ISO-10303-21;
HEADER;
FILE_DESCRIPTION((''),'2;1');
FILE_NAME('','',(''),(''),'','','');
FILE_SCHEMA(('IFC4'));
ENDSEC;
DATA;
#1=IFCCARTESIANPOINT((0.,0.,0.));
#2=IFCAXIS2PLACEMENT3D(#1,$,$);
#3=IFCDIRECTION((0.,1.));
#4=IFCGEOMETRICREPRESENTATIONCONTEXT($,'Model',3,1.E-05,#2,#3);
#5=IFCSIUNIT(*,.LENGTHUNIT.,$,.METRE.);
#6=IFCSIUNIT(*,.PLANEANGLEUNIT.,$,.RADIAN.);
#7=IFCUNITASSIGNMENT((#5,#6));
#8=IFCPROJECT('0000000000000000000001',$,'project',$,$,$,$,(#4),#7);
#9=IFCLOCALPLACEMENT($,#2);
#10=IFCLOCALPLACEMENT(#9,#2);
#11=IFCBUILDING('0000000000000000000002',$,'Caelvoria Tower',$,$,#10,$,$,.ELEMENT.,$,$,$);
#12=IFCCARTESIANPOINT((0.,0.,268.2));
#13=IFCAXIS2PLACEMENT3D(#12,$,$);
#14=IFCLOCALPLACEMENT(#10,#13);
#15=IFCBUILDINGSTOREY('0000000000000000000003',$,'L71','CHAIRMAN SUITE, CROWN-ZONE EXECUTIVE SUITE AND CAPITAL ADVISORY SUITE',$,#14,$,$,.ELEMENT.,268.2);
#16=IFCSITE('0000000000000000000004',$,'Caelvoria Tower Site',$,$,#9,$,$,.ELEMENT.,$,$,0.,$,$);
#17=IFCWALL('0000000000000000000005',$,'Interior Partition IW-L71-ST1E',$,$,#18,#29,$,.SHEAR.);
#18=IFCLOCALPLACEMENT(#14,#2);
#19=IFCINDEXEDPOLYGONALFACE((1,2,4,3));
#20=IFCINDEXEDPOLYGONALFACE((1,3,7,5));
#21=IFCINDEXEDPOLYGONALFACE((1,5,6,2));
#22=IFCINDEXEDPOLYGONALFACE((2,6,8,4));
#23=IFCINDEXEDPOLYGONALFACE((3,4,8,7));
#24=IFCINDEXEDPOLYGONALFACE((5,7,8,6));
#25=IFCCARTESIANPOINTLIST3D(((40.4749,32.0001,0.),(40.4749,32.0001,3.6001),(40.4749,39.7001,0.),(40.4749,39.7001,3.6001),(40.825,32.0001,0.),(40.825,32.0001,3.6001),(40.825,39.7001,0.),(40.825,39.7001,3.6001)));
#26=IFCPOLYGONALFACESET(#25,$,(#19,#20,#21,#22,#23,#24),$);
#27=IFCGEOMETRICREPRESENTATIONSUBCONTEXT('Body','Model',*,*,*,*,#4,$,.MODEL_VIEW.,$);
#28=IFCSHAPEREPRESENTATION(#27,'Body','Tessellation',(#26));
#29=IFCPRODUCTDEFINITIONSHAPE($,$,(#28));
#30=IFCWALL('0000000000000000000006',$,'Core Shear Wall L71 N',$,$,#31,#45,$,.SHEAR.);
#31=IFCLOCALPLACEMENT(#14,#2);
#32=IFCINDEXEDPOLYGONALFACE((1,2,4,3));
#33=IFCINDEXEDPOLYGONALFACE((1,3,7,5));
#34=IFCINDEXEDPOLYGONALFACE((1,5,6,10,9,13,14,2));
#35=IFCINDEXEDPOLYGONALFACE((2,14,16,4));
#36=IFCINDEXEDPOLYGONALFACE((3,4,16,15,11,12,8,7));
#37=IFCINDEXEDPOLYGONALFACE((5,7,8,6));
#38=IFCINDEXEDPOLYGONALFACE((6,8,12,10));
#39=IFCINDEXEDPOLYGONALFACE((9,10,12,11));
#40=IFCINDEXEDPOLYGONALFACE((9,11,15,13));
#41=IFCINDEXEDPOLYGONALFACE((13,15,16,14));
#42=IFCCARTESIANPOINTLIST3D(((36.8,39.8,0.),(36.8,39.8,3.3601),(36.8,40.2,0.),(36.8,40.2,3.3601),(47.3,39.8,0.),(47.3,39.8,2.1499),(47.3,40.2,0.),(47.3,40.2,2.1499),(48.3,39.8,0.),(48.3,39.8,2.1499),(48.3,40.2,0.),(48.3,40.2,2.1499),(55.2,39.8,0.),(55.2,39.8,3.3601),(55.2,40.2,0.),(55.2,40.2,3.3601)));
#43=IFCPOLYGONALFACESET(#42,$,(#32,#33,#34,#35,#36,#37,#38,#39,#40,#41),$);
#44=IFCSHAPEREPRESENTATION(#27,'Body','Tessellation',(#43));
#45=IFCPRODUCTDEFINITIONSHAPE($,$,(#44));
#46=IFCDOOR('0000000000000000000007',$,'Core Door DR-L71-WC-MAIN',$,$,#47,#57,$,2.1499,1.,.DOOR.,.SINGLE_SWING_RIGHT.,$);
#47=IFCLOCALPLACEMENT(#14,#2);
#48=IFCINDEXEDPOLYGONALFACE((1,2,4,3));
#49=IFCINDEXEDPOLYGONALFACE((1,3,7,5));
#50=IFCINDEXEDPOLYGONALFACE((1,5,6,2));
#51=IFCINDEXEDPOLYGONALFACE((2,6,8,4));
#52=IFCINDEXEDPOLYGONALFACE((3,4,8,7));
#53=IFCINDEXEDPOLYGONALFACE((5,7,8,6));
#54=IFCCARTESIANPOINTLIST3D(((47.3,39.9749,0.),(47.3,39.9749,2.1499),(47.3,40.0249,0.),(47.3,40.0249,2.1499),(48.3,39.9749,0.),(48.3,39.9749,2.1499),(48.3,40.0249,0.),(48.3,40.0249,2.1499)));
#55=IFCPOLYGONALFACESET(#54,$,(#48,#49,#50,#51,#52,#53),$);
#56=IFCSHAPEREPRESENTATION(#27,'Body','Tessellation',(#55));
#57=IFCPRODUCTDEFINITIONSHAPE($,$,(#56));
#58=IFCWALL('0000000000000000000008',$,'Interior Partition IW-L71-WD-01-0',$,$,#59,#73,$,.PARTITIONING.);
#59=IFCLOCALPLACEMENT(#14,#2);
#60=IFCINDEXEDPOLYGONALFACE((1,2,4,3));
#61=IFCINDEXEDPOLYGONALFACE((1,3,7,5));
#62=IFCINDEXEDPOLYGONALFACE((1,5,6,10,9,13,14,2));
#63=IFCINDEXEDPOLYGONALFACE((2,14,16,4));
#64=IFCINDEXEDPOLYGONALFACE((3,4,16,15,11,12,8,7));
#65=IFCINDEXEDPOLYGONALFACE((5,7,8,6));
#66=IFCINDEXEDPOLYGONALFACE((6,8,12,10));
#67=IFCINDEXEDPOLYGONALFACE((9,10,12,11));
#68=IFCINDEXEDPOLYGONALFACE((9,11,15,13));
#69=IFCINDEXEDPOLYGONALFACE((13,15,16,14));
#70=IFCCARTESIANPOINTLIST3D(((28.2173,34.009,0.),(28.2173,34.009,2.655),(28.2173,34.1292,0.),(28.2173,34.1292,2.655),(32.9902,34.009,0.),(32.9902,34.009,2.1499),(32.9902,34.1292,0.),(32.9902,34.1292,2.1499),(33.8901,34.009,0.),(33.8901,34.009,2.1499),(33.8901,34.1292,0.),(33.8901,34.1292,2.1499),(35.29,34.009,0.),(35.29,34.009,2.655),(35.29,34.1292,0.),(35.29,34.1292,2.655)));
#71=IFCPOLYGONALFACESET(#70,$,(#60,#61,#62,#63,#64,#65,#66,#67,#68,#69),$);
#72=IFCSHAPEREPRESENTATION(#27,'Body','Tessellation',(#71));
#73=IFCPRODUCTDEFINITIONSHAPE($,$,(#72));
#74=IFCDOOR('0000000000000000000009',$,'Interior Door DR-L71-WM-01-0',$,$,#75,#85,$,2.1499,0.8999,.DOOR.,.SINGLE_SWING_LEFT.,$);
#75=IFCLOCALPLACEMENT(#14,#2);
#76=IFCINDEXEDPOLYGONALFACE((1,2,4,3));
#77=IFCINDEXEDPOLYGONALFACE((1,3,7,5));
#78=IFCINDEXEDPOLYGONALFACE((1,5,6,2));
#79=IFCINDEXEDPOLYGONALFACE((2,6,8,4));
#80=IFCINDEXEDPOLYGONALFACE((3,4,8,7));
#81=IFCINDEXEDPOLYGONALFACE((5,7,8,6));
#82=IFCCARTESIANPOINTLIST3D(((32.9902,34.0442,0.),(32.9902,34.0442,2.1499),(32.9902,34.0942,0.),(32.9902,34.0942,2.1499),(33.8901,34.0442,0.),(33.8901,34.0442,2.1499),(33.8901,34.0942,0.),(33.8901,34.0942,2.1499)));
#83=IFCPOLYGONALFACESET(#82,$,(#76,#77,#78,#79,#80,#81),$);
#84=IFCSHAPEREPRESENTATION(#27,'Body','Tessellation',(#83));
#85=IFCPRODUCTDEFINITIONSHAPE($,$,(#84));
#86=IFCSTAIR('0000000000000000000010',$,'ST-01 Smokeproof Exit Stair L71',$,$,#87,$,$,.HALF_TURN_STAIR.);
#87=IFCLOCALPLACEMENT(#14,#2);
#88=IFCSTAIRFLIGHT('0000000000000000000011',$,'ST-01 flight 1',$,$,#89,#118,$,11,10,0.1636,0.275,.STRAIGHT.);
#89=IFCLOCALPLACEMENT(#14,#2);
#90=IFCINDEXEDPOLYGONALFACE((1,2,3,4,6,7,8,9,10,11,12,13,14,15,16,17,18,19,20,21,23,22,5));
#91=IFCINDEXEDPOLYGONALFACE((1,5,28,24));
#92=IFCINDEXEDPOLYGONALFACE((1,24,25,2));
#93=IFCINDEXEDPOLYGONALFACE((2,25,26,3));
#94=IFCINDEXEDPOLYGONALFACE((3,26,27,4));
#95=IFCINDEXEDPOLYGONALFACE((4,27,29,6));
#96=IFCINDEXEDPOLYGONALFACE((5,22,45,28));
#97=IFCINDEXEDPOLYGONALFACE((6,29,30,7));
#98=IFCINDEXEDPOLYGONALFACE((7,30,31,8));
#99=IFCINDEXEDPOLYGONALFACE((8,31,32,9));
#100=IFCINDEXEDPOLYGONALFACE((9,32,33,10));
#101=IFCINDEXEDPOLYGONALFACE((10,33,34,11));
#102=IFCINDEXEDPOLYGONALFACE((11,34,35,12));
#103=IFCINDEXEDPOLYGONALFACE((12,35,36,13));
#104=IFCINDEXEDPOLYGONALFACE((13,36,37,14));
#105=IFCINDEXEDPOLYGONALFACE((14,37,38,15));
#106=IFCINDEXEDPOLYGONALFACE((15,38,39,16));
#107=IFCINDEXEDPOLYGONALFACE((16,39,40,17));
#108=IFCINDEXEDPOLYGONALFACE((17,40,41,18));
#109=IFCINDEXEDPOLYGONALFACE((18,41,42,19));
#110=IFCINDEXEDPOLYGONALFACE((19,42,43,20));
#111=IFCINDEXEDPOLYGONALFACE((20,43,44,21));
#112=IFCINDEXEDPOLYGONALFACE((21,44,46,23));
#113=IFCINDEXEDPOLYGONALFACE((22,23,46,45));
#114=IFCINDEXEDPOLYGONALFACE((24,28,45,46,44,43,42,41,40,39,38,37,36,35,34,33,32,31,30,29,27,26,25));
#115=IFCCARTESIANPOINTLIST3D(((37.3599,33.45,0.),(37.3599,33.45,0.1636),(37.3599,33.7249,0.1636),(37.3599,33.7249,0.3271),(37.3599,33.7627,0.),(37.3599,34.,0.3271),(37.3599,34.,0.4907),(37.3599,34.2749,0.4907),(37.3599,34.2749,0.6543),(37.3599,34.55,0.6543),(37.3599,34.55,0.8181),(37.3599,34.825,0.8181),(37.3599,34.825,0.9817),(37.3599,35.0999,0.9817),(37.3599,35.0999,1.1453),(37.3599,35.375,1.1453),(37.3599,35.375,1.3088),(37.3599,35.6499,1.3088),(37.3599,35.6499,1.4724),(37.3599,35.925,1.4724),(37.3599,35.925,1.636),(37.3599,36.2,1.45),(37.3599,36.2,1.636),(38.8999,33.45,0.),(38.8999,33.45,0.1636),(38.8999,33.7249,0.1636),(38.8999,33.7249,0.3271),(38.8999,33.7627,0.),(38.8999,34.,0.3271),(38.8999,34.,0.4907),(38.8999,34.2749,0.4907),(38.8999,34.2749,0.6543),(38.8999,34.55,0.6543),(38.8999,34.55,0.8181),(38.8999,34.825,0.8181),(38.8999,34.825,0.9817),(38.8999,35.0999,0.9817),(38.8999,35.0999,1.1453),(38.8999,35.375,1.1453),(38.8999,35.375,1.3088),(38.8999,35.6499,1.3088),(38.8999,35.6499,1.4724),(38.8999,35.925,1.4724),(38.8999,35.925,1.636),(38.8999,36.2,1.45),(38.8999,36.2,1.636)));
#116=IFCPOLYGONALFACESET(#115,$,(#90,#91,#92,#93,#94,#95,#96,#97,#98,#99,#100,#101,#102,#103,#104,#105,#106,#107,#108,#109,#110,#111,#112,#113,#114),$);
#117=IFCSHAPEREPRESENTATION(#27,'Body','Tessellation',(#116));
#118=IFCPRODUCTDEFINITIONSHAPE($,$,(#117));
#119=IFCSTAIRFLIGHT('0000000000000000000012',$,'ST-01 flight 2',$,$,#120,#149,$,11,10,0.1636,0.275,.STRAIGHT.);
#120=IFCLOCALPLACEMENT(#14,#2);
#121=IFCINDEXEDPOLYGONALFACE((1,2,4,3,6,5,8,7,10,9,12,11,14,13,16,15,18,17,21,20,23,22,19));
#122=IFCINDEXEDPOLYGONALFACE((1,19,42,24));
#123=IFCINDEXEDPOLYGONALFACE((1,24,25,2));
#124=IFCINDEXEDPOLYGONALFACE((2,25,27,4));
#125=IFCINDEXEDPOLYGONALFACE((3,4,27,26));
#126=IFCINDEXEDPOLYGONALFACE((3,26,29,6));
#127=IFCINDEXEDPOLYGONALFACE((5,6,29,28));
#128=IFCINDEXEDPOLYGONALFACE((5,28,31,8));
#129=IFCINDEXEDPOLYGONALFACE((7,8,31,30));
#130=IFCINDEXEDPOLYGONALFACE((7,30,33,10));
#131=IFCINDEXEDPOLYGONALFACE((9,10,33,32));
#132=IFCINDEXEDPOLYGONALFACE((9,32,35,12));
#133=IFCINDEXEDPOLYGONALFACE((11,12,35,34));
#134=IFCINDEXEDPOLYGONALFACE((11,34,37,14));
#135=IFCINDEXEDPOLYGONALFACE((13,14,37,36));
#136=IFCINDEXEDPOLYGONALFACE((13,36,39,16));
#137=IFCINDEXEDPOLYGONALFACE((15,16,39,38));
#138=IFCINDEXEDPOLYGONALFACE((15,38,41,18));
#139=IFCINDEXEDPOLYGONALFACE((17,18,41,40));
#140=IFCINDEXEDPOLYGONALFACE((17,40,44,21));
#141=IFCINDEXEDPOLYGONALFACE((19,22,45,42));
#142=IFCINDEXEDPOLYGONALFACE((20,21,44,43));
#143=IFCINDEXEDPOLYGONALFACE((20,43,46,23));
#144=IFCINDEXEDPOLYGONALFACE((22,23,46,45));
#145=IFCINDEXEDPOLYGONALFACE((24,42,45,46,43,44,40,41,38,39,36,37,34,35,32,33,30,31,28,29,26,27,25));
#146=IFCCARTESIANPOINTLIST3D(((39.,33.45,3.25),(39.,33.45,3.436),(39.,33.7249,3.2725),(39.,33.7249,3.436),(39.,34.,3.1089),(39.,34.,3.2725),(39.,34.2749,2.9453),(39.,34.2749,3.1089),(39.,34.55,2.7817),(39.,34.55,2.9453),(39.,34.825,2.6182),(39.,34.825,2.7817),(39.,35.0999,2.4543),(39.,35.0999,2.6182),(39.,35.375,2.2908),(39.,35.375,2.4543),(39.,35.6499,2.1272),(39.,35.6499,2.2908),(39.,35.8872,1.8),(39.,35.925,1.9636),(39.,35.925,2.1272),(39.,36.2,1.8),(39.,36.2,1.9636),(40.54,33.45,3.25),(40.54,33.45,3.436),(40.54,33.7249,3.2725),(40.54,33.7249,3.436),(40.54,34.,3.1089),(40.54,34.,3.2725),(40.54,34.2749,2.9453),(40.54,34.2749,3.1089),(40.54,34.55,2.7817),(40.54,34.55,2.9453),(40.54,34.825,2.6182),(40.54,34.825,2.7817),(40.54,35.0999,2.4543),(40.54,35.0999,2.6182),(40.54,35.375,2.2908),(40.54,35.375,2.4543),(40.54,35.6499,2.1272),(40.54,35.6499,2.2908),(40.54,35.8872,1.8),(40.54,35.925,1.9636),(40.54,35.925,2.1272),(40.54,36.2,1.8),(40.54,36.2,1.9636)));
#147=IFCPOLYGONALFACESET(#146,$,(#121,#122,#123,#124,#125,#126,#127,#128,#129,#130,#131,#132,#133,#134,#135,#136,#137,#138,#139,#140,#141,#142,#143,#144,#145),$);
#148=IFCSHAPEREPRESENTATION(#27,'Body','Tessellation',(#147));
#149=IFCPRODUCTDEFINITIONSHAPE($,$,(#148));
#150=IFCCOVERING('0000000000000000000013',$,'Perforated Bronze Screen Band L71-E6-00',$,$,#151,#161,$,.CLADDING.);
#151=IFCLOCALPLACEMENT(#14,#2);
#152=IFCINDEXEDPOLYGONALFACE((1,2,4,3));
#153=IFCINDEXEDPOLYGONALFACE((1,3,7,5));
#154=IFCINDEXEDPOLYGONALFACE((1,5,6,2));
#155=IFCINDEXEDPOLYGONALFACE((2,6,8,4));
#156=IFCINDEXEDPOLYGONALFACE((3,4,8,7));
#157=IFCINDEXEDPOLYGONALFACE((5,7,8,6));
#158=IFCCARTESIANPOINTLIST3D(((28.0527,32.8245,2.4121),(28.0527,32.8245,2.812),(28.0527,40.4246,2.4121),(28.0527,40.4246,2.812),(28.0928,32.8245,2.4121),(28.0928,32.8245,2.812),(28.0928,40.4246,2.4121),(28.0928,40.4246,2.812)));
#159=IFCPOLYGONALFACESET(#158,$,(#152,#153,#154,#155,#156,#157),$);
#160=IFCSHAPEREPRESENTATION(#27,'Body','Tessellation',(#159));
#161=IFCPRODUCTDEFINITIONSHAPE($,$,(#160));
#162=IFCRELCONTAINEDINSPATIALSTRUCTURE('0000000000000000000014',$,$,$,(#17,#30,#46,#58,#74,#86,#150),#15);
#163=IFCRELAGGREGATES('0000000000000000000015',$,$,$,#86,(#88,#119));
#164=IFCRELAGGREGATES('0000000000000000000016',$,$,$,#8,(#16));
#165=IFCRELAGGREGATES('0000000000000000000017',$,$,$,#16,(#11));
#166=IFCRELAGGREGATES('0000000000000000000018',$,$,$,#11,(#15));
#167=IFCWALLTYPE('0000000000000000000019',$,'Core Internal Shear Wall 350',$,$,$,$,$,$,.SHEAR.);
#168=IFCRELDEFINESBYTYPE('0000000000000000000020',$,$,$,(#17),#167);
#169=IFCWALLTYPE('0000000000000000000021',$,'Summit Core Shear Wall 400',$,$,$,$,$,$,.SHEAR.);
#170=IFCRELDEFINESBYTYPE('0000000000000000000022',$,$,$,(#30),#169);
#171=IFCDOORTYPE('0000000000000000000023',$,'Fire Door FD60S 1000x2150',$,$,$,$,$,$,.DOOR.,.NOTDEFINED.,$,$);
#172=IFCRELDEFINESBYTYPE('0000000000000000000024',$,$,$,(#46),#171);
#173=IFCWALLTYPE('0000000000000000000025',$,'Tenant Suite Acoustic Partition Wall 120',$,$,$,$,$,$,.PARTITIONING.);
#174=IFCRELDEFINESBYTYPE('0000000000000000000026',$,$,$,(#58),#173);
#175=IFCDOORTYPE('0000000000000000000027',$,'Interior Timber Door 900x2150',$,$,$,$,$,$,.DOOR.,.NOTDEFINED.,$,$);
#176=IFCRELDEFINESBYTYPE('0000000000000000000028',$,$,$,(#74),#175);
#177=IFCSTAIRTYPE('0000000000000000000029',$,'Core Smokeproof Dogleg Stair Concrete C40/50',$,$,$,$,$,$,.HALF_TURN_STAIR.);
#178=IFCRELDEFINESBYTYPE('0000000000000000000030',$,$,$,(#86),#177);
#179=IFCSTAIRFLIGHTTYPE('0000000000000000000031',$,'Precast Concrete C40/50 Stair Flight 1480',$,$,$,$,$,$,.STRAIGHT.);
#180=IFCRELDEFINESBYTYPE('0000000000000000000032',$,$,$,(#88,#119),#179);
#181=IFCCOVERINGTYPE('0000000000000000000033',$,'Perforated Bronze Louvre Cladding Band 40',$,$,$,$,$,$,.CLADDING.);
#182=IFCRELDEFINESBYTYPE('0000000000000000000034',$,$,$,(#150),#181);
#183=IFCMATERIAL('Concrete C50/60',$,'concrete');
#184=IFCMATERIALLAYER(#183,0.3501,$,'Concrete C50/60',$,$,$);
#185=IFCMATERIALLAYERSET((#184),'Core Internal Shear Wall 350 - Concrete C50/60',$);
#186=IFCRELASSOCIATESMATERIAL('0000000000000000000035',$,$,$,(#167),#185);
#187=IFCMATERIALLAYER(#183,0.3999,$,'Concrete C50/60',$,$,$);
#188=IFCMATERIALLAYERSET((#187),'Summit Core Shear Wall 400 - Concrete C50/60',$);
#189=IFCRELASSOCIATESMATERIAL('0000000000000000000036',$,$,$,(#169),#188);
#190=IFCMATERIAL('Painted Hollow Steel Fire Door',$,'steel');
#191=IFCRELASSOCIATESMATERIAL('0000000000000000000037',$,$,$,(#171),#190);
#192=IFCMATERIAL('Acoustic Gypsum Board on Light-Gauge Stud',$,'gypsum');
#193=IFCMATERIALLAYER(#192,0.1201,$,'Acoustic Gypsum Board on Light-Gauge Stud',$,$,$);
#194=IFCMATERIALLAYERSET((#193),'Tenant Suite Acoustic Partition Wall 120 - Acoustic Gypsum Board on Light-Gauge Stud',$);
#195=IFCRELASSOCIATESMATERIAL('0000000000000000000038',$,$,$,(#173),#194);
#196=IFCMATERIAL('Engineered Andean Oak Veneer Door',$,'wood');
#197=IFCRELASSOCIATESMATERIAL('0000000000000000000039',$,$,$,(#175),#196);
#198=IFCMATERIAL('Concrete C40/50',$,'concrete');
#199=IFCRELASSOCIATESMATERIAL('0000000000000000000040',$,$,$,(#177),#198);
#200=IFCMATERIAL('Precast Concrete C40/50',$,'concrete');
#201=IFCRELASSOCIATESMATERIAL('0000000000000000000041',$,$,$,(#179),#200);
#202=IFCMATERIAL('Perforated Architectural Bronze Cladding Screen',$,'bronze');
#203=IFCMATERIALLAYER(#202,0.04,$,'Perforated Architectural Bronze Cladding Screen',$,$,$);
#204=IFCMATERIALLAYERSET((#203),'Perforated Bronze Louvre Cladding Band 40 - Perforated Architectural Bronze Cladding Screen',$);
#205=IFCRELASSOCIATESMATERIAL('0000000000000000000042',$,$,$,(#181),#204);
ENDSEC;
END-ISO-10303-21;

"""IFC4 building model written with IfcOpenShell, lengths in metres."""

from ifc_helpers import new_model, si_unit, direction, frame, frame_2d, origin, origin_2d, place, context, subcontext, project, spatial, polyline, rectangle, outline, extrude, material, layer, layer_set, type_object, element, fill, aggregate, save


model = new_model("IFC4")

# Units and contexts
model_context = context("Model", 3, precision=1e-05, world=origin(), true_north=direction((0.0, 1.0)))
body_context = subcontext(model_context, "Body", "Model", "MODEL_VIEW")
ifc_project = project(units=[si_unit("LENGTHUNIT", "METRE"), si_unit("PLANEANGLEUNIT", "RADIAN")], contexts=[model_context])

# Site, building, storey
site_placement = place(None, origin())
site = spatial("IfcSite", under=ifc_project, at=site_placement, Name="Caelvoria Tower Site", CompositionType="ELEMENT", RefElevation=0.0)
building_placement = place(site_placement, origin())
building = spatial("IfcBuilding", under=site, at=building_placement, Name="Caelvoria Tower", CompositionType="ELEMENT")
storey_placement = place(building_placement, frame((0.0, 0.0, 268.2)))
storey = spatial("IfcBuildingStorey", under=building, at=storey_placement, Name="L71", Description="CHAIRMAN SUITE, CROWN-ZONE EXECUTIVE SUITE AND CAPITAL ADVISORY SUITE", CompositionType="ELEMENT", Elevation=268.2)

# Shared definitions
ifc_material_1 = material(Name="Concrete C50/60", Category="concrete")
ifc_layer_1 = layer(ifc_material_1, 0.3501, Name="Concrete C50/60")
ifc_layer_set_1 = layer_set([ifc_layer_1], Name="Core Internal Shear Wall 350 - Concrete C50/60")
wall_type_1 = type_object("IfcWallType", Name="Core Internal Shear Wall 350", PredefinedType="SHEAR", material=ifc_layer_set_1)
ifc_material_2 = material(Name="Painted Hollow Steel Fire Door", Category="steel")

# Wall
wall_1_placement = place(storey_placement, frame((40.6499, 32.0, 0.0), z_axis=(0.0, 0.0, 1.0), x_axis=(0.0, 1.0, 0.0)))
element("IfcWall", 1, at=wall_1_placement, inside=storey, type_object=wall_type_1, Name="Interior Partition IW-L71-ST1E", PredefinedType="SHEAR", context=body_context, shape_type="SweptSolid", body=[
    extrude(rectangle(XDim=7.7, YDim=0.3501, at=frame_2d((3.8501, 0.0))), origin(), (0.0, 0.0, 1.0), 3.6001),
])

# Walls, openings, doors
ifc_layer_2 = layer(ifc_material_1, 0.3999, Name="Concrete C50/60")
ifc_layer_set_2 = layer_set([ifc_layer_2], Name="Summit Core Shear Wall 400 - Concrete C50/60")
wall_type_2 = type_object("IfcWallType", Name="Summit Core Shear Wall 400", PredefinedType="SHEAR", material=ifc_layer_set_2)
wall_2_placement = place(storey_placement, frame((36.8, 40.0, 0.0), z_axis=(0.0, 0.0, 1.0), x_axis=(1.0, 0.0, 0.0)))
wall_2 = element("IfcWall", 2, at=wall_2_placement, inside=storey, type_object=wall_type_2, Name="Core Shear Wall L71 N", PredefinedType="SHEAR", context=body_context, shape_type="SweptSolid", body=[
    extrude(rectangle(XDim=18.3999, YDim=0.3999, at=frame_2d((9.2, 0.0))), origin(), (0.0, 0.0, 1.0), 3.3601),
])
opening_1_placement = place(wall_2_placement, frame((10.5, 0.0, 0.0)))
opening_1 = element("IfcOpeningElement", 3, at=opening_1_placement, cuts=wall_2, PredefinedType="OPENING", context=body_context, shape_type="SweptSolid", body=[
    extrude(rectangle(XDim=1.0, YDim=2.1499, at=frame_2d((0.5, 1.075))), frame((0.0, 0.21, 0.0), z_axis=(0.0, -1.0, 0.0), x_axis=(1.0, 0.0, 0.0)), (0.0, 0.0, 1.0), 0.4199),
])
door_type_1 = type_object("IfcDoorType", Name="Fire Door FD60S 1000x2150", OperationType="NOTDEFINED", PredefinedType="DOOR", material=ifc_material_2)
door_1_placement = place(opening_1_placement, origin())
door_1 = element("IfcDoor", 4, at=door_1_placement, inside=storey, type_object=door_type_1, Name="Core Door DR-L71-WC-MAIN", OperationType="SINGLE_SWING_RIGHT", OverallHeight=2.1499, OverallWidth=1.0, PredefinedType="DOOR", context=body_context, shape_type="SweptSolid", body=[
    extrude(rectangle(XDim=1.0, YDim=2.1499, at=frame_2d((0.5, 1.075))), frame((0.0, 0.0249, 0.0), z_axis=(0.0, -1.0, 0.0), x_axis=(1.0, 0.0, 0.0)), (0.0, 0.0, 1.0), 0.05),
])
fill(opening_1, door_1)
ifc_material_3 = material(Name="Acoustic Gypsum Board on Light-Gauge Stud", Category="gypsum")
ifc_layer_3 = layer(ifc_material_3, 0.1201, Name="Acoustic Gypsum Board on Light-Gauge Stud")
ifc_layer_set_3 = layer_set([ifc_layer_3], Name="Tenant Suite Acoustic Partition Wall 120 - Acoustic Gypsum Board on Light-Gauge Stud")
wall_type_3 = type_object("IfcWallType", Name="Tenant Suite Acoustic Partition Wall 120", PredefinedType="PARTITIONING", material=ifc_layer_set_3)
wall_3_placement = place(storey_placement, frame((35.29, 34.0691, 0.0), z_axis=(0.0, 0.0, 1.0), x_axis=(-1.0, 0.0, 0.0)))
wall_3 = element("IfcWall", 5, at=wall_3_placement, inside=storey, type_object=wall_type_3, Name="Interior Partition IW-L71-WD-01-0", PredefinedType="PARTITIONING", context=body_context, shape_type="SweptSolid", body=[
    extrude(rectangle(XDim=7.0728, YDim=0.1201, at=frame_2d((3.5364, 0.0))), origin(), (0.0, 0.0, 1.0), 2.655),
])
opening_2_placement = place(wall_3_placement, frame((1.3999, 0.0, 0.0)))
opening_2 = element("IfcOpeningElement", 6, at=opening_2_placement, cuts=wall_3, PredefinedType="OPENING", context=body_context, shape_type="SweptSolid", body=[
    extrude(rectangle(XDim=0.8999, YDim=2.1499, at=frame_2d((0.45, 1.075))), frame((0.0, 0.0701, 0.0), z_axis=(0.0, -1.0, 0.0), x_axis=(1.0, 0.0, 0.0)), (0.0, 0.0, 1.0), 0.1401),
])
ifc_material_4 = material(Name="Engineered Andean Oak Veneer Door", Category="wood")
door_type_2 = type_object("IfcDoorType", Name="Interior Timber Door 900x2150", OperationType="NOTDEFINED", PredefinedType="DOOR", material=ifc_material_4)
door_2_placement = place(opening_2_placement, origin())
door_2 = element("IfcDoor", 7, at=door_2_placement, inside=storey, type_object=door_type_2, Name="Interior Door DR-L71-WM-01-0", OperationType="SINGLE_SWING_LEFT", OverallHeight=2.1499, OverallWidth=0.8999, PredefinedType="DOOR", context=body_context, shape_type="SweptSolid", body=[
    extrude(rectangle(XDim=0.8999, YDim=2.1499, at=frame_2d((0.45, 1.075))), frame((0.0, 0.0249, 0.0), z_axis=(0.0, -1.0, 0.0), x_axis=(1.0, 0.0, 0.0)), (0.0, 0.0, 1.0), 0.05),
])
fill(opening_2, door_2)

# Stair, stair flights
ifc_material_5 = material(Name="Concrete C40/50", Category="concrete")
stair_type = type_object("IfcStairType", Name="Core Smokeproof Dogleg Stair Concrete C40/50", PredefinedType="HALF_TURN_STAIR", material=ifc_material_5)
stair_placement = place(storey_placement, origin())
stair = element("IfcStair", 8, at=stair_placement, inside=storey, type_object=stair_type, Name="ST-01 Smokeproof Exit Stair L71", PredefinedType="HALF_TURN_STAIR")
ifc_material_6 = material(Name="Precast Concrete C40/50", Category="concrete")
stair_flight_type = type_object("IfcStairFlightType", Name="Precast Concrete C40/50 Stair Flight 1480", PredefinedType="STRAIGHT", material=ifc_material_6)
stair_flight_1_placement = place(storey_placement, frame((38.1299, 33.45, 0.0), z_axis=(0.0, 0.0, 1.0), x_axis=(0.0, 1.0, 0.0)))
stair_flight_1 = element("IfcStairFlight", 9, at=stair_flight_1_placement, type_object=stair_flight_type, Name="ST-01 flight 1", NumberOfRisers=11, NumberOfTreads=10, PredefinedType="STRAIGHT", RiserHeight=0.1636, TreadLength=0.275, context=body_context, shape_type="SweptSolid", body=[
    extrude(outline(polyline([(0.0, 0.0), (0.0, 0.1636), (0.2749, 0.1636), (0.2749, 0.3271), (0.55, 0.3271), (0.55, 0.4907), (0.825, 0.4907), (0.825, 0.6543), (1.1001, 0.6543), (1.1001, 0.8181), (1.375, 0.8181), (1.375, 0.9817), (1.6499, 0.9817), (1.6499, 1.1453), (1.925, 1.1453), (1.925, 1.3088), (2.2, 1.3088), (2.2, 1.4724), (2.4751, 1.4724), (2.4751, 1.636), (2.75, 1.636), (2.75, 1.7996), (2.75, 1.45), (0.3127, 0.0), (0.0, 0.0)])), frame((0.0, 0.77, 0.0), z_axis=(0.0, -1.0, 0.0), x_axis=(1.0, 0.0, 0.0)), (0.0, 0.0, 1.0), 1.54),
])
stair_flight_2_placement = place(storey_placement, frame((39.77, 36.2, 1.8), z_axis=(0.0, 0.0, 1.0), x_axis=(0.0, -1.0, 0.0)))
stair_flight_2 = element("IfcStairFlight", 10, at=stair_flight_2_placement, type_object=stair_flight_type, Name="ST-01 flight 2", NumberOfRisers=11, NumberOfTreads=10, PredefinedType="STRAIGHT", RiserHeight=0.1636, TreadLength=0.275, context=body_context, shape_type="SweptSolid", body=[
    extrude(outline(polyline([(0.0, 0.0), (0.0, 0.1636), (0.2749, 0.1636), (0.2749, 0.3271), (0.55, 0.3271), (0.55, 0.4907), (0.825, 0.4907), (0.825, 0.6543), (1.1001, 0.6543), (1.1001, 0.8181), (1.375, 0.8181), (1.375, 0.9817), (1.6499, 0.9817), (1.6499, 1.1453), (1.925, 1.1453), (1.925, 1.3088), (2.2, 1.3088), (2.2, 1.4724), (2.4751, 1.4724), (2.4751, 1.636), (2.75, 1.636), (2.75, 1.7996), (2.75, 1.45), (0.3127, 0.0), (0.0, 0.0)])), frame((0.0, 0.77, 0.0), z_axis=(0.0, -1.0, 0.0), x_axis=(1.0, 0.0, 0.0)), (0.0, 0.0, 1.0), 1.54),
])
aggregate(stair, [stair_flight_1, stair_flight_2])

# Covering
ifc_material_7 = material(Name="Perforated Architectural Bronze Cladding Screen", Category="bronze")
ifc_layer_4 = layer(ifc_material_7, 0.04, Name="Perforated Architectural Bronze Cladding Screen")
ifc_layer_set_4 = layer_set([ifc_layer_4], Name="Perforated Bronze Louvre Cladding Band 40 - Perforated Architectural Bronze Cladding Screen")
covering_type = type_object("IfcCoveringType", Name="Perforated Bronze Louvre Cladding Band 40", PredefinedType="CLADDING", material=ifc_layer_set_4)
covering_placement = place(storey_placement, frame((28.0728, 36.6245, 2.4121), z_axis=(0.0, 0.0, 1.0), x_axis=(0.0, -1.0, 0.0)))
element("IfcCovering", 11, at=covering_placement, inside=storey, type_object=covering_type, Name="Perforated Bronze Screen Band L71-E6-00", PredefinedType="CLADDING", context=body_context, shape_type="SweptSolid", body=[
    extrude(rectangle(XDim=7.6001, YDim=0.04, at=origin_2d()), origin(), (0.0, 0.0, 1.0), 0.3999),
])

save(model, "model.ifc")
